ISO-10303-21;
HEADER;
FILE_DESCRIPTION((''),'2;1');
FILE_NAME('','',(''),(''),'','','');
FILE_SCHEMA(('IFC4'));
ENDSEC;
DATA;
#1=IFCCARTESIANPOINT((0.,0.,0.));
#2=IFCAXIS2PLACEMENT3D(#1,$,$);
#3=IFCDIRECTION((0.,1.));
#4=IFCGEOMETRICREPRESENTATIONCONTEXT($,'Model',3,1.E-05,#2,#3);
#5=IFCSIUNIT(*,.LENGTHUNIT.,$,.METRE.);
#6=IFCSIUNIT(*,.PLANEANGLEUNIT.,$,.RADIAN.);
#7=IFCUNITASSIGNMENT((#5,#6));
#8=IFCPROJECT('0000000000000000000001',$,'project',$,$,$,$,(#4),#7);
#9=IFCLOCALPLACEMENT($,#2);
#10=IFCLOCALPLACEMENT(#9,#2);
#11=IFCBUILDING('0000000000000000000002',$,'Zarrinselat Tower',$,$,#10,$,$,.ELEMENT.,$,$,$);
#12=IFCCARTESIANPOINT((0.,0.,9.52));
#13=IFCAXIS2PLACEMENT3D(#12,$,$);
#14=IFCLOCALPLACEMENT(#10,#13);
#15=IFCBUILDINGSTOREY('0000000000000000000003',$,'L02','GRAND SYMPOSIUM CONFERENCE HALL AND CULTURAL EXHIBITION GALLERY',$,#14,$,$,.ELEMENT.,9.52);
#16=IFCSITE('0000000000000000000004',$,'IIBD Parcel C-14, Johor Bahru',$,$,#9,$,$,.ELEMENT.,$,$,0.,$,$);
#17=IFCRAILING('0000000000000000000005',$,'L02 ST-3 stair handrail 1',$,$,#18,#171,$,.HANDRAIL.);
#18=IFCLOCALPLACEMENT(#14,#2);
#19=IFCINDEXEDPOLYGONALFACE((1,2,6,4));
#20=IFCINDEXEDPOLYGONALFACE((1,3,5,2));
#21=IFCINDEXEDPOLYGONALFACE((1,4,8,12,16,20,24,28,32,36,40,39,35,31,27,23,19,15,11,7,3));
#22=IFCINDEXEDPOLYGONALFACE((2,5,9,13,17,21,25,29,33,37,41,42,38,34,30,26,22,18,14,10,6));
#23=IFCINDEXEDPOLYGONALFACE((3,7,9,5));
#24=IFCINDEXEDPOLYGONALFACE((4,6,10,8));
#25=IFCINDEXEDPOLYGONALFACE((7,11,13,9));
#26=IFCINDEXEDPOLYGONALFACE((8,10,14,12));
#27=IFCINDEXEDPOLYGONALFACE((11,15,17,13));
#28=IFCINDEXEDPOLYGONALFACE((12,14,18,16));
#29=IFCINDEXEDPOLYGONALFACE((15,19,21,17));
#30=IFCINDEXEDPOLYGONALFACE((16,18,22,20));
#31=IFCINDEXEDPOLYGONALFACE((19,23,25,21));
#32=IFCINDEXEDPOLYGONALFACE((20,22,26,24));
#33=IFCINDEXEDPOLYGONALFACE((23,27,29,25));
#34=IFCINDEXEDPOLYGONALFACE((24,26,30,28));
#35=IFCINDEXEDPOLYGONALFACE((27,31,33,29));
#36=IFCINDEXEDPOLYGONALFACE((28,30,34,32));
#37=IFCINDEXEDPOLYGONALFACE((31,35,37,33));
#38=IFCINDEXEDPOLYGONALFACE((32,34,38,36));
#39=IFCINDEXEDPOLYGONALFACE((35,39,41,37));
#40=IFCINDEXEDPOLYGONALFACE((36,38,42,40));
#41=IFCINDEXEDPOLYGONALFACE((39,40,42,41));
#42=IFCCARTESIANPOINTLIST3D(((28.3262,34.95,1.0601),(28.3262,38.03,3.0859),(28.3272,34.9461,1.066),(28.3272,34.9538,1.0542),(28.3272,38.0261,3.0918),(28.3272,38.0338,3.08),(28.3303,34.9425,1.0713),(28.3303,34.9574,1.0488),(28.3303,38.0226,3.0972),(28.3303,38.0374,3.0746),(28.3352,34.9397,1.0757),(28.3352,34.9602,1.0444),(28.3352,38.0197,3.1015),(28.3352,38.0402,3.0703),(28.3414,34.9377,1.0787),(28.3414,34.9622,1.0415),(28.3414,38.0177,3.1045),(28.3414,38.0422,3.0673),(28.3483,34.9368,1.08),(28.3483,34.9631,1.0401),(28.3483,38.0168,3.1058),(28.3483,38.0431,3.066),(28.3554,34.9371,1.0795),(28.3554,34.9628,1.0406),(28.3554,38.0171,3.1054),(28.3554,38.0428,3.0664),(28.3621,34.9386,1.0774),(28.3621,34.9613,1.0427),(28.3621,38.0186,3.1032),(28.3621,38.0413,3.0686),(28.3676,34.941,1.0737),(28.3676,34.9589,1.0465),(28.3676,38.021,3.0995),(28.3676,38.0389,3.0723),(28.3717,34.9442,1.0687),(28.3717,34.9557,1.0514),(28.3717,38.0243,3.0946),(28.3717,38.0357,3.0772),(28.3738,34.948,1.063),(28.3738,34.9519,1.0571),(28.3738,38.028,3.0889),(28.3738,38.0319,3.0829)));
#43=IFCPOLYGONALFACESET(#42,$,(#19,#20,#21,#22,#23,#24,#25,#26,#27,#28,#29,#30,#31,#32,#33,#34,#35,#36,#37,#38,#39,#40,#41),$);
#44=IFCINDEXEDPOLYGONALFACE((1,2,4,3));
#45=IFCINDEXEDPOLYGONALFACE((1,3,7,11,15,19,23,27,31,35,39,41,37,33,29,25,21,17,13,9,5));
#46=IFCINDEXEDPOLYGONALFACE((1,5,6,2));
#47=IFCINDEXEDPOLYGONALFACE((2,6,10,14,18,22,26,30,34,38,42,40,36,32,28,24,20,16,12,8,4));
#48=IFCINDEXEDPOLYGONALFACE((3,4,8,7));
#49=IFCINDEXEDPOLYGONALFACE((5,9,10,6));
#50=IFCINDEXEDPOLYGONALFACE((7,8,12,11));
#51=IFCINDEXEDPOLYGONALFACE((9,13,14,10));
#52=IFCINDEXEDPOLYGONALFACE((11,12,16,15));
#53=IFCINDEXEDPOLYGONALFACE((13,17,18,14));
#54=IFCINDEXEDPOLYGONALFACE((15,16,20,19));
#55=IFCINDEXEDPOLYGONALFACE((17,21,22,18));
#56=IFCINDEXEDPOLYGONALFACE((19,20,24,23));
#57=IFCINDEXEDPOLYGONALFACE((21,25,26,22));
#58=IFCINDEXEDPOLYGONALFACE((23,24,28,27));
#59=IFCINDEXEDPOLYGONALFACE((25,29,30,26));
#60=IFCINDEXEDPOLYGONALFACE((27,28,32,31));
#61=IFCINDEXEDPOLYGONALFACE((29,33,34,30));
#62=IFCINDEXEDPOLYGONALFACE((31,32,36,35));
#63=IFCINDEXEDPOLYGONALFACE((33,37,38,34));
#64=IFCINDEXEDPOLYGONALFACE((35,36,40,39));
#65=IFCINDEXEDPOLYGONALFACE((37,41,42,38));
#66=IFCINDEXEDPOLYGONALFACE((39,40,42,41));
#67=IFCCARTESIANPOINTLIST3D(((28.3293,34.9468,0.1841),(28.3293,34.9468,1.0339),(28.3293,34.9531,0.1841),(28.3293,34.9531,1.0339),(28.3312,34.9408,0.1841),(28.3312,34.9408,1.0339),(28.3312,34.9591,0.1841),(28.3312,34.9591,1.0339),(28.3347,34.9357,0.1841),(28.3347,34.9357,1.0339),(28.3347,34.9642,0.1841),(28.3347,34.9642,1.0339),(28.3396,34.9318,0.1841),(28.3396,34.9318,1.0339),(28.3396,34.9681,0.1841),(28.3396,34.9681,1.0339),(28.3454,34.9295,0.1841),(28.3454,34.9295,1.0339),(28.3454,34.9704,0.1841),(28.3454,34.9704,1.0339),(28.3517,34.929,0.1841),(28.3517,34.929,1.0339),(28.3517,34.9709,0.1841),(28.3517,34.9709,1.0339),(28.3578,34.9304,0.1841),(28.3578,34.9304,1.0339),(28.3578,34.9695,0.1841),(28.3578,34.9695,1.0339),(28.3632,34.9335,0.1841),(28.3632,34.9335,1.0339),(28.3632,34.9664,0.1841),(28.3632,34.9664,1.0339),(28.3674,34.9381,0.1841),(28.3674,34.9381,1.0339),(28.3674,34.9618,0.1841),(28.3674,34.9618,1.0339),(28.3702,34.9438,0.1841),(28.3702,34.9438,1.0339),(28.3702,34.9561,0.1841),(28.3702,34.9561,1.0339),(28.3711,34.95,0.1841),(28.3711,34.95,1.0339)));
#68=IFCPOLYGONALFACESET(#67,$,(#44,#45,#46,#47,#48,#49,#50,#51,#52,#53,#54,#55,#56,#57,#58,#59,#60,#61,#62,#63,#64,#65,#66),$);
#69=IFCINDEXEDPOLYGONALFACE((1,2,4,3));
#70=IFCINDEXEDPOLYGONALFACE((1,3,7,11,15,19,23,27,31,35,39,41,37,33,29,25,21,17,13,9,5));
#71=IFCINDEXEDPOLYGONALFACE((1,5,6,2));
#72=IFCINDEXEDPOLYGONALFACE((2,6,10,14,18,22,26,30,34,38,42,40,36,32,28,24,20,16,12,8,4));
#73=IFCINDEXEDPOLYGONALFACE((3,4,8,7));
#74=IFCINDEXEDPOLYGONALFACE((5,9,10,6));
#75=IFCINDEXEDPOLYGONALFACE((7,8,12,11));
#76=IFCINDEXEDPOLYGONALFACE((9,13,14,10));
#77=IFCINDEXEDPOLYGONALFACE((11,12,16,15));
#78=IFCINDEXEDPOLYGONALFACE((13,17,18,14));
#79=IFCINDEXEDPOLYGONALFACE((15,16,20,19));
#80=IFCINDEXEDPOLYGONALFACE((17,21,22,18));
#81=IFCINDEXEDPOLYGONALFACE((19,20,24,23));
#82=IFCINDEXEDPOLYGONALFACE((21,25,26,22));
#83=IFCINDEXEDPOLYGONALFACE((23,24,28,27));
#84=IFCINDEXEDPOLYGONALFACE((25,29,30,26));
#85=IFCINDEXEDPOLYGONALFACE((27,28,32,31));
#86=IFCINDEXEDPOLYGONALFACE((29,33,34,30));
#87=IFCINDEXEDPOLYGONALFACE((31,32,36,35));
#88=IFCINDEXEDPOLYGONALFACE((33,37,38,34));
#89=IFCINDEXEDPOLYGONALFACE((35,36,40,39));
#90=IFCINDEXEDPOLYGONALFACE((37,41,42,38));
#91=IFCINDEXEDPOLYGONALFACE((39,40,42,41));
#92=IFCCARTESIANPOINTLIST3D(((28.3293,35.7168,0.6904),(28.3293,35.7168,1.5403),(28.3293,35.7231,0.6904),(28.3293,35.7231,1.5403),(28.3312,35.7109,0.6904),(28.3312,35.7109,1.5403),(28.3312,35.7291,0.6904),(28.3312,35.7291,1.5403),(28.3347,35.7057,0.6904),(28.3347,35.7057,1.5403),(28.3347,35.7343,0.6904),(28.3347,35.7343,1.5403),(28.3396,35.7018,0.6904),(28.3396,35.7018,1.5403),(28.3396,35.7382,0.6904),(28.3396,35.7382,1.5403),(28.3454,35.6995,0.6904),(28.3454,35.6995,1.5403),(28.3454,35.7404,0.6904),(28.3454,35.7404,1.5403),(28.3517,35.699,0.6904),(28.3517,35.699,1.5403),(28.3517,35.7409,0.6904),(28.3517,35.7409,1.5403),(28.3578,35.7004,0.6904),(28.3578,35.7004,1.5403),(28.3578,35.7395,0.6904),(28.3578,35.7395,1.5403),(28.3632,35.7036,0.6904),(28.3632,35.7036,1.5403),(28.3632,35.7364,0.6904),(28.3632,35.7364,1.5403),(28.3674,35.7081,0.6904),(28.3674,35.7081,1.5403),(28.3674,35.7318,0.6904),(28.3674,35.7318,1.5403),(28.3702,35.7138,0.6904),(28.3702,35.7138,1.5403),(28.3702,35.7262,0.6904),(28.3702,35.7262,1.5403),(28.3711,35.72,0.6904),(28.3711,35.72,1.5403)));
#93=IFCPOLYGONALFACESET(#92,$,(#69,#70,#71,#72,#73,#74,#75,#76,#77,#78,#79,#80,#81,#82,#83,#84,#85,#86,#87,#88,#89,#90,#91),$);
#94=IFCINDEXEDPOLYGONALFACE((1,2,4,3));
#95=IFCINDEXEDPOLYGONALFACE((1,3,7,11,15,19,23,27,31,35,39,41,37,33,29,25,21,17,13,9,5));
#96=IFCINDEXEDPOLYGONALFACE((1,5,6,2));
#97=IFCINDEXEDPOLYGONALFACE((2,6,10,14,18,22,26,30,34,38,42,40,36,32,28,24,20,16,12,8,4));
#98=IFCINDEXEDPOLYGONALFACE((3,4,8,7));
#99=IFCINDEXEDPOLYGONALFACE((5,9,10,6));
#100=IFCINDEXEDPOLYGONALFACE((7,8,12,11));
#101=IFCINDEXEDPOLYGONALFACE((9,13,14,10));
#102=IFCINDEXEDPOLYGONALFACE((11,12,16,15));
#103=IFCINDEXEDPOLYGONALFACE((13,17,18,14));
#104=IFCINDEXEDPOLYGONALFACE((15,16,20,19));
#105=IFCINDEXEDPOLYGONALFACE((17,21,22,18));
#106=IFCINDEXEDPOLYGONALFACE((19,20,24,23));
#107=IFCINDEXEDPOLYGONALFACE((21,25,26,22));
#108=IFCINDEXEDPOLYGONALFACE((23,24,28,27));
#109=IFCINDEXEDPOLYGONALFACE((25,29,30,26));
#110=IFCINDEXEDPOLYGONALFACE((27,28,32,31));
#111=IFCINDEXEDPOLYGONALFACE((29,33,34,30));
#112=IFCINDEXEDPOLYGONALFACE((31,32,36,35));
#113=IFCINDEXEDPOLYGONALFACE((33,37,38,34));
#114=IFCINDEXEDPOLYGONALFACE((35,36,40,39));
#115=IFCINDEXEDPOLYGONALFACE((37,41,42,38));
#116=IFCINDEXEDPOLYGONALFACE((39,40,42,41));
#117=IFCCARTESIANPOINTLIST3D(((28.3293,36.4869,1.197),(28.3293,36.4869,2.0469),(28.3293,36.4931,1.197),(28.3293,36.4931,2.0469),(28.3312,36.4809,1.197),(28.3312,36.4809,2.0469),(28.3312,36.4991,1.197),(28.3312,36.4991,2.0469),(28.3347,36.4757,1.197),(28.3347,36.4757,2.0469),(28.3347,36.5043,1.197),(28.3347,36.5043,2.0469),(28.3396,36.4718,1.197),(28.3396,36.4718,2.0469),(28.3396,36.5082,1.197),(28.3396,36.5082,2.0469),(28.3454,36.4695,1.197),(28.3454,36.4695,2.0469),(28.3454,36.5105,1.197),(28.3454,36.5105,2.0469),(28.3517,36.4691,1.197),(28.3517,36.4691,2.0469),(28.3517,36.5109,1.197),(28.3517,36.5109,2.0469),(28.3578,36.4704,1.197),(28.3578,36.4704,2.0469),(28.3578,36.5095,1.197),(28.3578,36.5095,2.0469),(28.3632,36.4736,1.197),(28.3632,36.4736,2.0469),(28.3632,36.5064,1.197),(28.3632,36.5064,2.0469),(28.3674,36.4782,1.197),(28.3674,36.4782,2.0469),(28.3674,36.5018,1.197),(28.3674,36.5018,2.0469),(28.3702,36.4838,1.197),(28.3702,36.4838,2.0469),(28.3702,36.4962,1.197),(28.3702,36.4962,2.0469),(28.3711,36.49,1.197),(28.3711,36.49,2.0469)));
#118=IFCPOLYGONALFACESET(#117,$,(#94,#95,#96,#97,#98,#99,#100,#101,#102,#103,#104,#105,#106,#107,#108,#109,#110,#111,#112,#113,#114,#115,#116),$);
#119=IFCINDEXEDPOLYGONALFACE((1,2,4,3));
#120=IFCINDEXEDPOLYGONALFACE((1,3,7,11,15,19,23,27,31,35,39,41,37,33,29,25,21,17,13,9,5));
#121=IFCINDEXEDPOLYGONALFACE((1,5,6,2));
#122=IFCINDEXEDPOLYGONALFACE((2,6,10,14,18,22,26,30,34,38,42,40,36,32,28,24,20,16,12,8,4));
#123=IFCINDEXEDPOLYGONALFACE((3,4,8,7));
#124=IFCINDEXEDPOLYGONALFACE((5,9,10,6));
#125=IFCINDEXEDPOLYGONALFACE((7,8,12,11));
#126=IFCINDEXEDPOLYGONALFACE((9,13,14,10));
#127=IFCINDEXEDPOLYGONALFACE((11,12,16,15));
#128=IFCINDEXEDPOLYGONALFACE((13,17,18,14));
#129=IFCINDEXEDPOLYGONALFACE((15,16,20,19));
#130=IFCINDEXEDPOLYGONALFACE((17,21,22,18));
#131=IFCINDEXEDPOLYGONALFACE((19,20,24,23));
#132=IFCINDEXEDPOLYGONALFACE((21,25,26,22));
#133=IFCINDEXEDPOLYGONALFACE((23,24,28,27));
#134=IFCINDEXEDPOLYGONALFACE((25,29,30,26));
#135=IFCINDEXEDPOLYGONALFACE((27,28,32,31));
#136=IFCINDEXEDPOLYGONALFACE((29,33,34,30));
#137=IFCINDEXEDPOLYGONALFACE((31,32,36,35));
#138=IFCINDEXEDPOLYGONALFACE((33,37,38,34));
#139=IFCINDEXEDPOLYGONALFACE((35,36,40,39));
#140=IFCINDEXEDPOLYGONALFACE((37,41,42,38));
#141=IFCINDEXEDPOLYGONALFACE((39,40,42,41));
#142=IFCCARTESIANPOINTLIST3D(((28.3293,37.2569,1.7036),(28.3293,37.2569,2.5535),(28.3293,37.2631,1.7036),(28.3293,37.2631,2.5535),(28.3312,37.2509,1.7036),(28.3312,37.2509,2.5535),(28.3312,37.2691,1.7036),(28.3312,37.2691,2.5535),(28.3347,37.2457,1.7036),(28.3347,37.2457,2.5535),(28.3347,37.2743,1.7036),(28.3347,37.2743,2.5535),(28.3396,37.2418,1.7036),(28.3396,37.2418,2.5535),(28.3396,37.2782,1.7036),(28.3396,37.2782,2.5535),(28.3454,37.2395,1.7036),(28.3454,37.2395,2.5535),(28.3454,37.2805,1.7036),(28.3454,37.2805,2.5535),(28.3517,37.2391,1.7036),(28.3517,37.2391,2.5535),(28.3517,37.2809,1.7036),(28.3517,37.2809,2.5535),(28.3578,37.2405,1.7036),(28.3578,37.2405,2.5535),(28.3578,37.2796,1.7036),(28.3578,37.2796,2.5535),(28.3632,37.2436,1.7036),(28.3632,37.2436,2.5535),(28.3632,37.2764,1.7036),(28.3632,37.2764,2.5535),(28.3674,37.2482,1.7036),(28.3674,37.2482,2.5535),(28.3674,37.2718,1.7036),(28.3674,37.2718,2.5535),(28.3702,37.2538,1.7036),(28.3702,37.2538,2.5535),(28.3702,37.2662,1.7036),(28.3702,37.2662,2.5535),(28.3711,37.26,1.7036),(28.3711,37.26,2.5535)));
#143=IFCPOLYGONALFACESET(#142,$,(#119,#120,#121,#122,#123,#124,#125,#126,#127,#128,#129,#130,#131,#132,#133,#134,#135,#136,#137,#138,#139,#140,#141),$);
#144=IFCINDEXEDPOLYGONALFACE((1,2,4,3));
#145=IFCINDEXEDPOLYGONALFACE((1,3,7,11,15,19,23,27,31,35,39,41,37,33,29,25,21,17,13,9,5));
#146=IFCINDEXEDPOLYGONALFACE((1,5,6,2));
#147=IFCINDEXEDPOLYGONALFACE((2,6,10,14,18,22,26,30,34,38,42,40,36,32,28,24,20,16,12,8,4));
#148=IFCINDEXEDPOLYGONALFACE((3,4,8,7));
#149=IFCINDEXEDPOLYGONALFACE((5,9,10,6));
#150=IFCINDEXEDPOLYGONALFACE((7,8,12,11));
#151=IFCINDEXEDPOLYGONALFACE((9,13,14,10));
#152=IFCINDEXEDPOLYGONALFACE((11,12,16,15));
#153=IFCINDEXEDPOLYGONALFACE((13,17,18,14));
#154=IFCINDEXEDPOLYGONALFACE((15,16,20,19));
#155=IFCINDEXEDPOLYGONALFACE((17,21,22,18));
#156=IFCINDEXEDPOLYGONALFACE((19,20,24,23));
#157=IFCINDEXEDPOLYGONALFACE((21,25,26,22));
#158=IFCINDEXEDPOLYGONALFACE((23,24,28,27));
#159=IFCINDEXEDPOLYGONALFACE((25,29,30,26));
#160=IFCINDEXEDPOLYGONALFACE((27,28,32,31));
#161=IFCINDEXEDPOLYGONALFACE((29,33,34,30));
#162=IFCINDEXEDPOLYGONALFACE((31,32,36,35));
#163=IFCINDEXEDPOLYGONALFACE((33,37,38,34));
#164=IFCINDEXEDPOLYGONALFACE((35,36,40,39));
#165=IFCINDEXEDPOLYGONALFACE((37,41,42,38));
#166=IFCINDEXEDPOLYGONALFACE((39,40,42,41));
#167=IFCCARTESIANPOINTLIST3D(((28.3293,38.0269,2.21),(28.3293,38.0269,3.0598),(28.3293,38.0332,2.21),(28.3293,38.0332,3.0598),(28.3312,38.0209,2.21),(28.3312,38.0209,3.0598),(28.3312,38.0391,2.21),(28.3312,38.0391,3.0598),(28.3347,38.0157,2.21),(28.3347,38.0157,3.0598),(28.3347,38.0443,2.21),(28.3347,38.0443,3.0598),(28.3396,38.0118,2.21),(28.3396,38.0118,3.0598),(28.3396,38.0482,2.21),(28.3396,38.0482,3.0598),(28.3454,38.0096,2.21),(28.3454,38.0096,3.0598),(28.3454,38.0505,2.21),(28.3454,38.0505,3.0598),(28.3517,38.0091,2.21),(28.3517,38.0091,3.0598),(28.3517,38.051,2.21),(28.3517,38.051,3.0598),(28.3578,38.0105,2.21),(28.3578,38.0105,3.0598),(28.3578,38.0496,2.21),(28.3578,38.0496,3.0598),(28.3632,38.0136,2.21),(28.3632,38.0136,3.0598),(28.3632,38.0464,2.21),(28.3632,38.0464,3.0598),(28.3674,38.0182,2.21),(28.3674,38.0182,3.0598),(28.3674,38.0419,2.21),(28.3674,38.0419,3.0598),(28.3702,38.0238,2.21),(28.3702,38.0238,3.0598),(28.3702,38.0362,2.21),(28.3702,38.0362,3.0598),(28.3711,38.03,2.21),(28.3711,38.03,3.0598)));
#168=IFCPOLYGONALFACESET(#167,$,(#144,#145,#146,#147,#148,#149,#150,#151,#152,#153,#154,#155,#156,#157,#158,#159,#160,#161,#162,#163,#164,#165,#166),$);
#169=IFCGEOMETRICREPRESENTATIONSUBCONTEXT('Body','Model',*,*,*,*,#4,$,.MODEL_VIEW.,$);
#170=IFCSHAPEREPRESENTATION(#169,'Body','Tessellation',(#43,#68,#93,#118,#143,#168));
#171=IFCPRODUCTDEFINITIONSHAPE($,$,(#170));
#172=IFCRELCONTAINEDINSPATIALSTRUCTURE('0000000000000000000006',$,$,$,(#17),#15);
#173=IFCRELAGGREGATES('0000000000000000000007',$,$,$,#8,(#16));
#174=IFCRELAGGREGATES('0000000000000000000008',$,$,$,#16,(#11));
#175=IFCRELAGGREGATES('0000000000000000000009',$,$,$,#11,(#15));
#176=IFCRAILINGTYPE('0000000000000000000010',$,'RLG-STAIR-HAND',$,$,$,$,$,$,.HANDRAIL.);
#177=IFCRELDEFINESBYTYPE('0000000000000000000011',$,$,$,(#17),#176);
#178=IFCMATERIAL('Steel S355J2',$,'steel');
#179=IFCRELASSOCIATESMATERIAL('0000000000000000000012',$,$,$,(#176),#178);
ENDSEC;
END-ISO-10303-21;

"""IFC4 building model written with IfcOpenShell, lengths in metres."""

from ifc_helpers import new_model, si_unit, direction, frame, origin, origin_2d, place, context, subcontext, project, spatial, circle, extrude, material, type_object, element, save


model = new_model("IFC4")

# Units and contexts
model_context = context("Model", 3, precision=1e-05, world=origin(), true_north=direction((0.0, 1.0)))
body_context = subcontext(model_context, "Body", "Model", "MODEL_VIEW")
ifc_project = project(units=[si_unit("LENGTHUNIT", "METRE"), si_unit("PLANEANGLEUNIT", "RADIAN")], contexts=[model_context])

# Site, building, storey
site_placement = place(None, origin())
site = spatial("IfcSite", under=ifc_project, at=site_placement, Name="IIBD Parcel C-14, Johor Bahru", CompositionType="ELEMENT", RefElevation=0.0)
building_placement = place(site_placement, origin())
building = spatial("IfcBuilding", under=site, at=building_placement, Name="Zarrinselat Tower", CompositionType="ELEMENT")
storey_placement = place(building_placement, frame((0.0, 0.0, 9.52)))
storey = spatial("IfcBuildingStorey", under=building, at=storey_placement, Name="L02", Description="GRAND SYMPOSIUM CONFERENCE HALL AND CULTURAL EXHIBITION GALLERY", CompositionType="ELEMENT", Elevation=9.52)

# Railing
ifc_material_1 = material(Name="Steel S355J2", Category="steel")
railing_type_1 = type_object("IfcRailingType", Name="RLG-STAIR-HAND", PredefinedType="HANDRAIL", material=ifc_material_1)
railing_1_placement = place(storey_placement, frame((28.3501, 34.95, 0.1841)))
element("IfcRailing", 1, at=railing_1_placement, inside=storey, type_object=railing_type_1, Name="L02 ST-3 stair handrail 1", PredefinedType="HANDRAIL", context=body_context, shape_type="SweptSolid", body=[
    extrude(circle(Radius=0.0239, at=origin_2d()), frame((0.0, 0.0, 0.876), z_axis=(0.0, 0.835478, 0.549524), x_axis=(-1.0, 0.0, 0.0)), (0.0, 0.0, 1.0), 3.6865),
    extrude(circle(Radius=0.021, at=origin_2d()), origin(), (0.0, 0.0, 1.0), 0.8499),
    extrude(circle(Radius=0.021, at=origin_2d()), frame((0.0, 0.77, 0.5063)), (0.0, 0.0, 1.0), 0.8499),
    extrude(circle(Radius=0.021, at=origin_2d()), frame((0.0, 1.54, 1.0129)), (0.0, 0.0, 1.0), 0.8499),
    extrude(circle(Radius=0.021, at=origin_2d()), frame((0.0, 2.3101, 1.5195)), (0.0, 0.0, 1.0), 0.8499),
    extrude(circle(Radius=0.021, at=origin_2d()), frame((0.0, 3.0801, 2.0259)), (0.0, 0.0, 1.0), 0.8499),
])

save(model, "model.ifc")
